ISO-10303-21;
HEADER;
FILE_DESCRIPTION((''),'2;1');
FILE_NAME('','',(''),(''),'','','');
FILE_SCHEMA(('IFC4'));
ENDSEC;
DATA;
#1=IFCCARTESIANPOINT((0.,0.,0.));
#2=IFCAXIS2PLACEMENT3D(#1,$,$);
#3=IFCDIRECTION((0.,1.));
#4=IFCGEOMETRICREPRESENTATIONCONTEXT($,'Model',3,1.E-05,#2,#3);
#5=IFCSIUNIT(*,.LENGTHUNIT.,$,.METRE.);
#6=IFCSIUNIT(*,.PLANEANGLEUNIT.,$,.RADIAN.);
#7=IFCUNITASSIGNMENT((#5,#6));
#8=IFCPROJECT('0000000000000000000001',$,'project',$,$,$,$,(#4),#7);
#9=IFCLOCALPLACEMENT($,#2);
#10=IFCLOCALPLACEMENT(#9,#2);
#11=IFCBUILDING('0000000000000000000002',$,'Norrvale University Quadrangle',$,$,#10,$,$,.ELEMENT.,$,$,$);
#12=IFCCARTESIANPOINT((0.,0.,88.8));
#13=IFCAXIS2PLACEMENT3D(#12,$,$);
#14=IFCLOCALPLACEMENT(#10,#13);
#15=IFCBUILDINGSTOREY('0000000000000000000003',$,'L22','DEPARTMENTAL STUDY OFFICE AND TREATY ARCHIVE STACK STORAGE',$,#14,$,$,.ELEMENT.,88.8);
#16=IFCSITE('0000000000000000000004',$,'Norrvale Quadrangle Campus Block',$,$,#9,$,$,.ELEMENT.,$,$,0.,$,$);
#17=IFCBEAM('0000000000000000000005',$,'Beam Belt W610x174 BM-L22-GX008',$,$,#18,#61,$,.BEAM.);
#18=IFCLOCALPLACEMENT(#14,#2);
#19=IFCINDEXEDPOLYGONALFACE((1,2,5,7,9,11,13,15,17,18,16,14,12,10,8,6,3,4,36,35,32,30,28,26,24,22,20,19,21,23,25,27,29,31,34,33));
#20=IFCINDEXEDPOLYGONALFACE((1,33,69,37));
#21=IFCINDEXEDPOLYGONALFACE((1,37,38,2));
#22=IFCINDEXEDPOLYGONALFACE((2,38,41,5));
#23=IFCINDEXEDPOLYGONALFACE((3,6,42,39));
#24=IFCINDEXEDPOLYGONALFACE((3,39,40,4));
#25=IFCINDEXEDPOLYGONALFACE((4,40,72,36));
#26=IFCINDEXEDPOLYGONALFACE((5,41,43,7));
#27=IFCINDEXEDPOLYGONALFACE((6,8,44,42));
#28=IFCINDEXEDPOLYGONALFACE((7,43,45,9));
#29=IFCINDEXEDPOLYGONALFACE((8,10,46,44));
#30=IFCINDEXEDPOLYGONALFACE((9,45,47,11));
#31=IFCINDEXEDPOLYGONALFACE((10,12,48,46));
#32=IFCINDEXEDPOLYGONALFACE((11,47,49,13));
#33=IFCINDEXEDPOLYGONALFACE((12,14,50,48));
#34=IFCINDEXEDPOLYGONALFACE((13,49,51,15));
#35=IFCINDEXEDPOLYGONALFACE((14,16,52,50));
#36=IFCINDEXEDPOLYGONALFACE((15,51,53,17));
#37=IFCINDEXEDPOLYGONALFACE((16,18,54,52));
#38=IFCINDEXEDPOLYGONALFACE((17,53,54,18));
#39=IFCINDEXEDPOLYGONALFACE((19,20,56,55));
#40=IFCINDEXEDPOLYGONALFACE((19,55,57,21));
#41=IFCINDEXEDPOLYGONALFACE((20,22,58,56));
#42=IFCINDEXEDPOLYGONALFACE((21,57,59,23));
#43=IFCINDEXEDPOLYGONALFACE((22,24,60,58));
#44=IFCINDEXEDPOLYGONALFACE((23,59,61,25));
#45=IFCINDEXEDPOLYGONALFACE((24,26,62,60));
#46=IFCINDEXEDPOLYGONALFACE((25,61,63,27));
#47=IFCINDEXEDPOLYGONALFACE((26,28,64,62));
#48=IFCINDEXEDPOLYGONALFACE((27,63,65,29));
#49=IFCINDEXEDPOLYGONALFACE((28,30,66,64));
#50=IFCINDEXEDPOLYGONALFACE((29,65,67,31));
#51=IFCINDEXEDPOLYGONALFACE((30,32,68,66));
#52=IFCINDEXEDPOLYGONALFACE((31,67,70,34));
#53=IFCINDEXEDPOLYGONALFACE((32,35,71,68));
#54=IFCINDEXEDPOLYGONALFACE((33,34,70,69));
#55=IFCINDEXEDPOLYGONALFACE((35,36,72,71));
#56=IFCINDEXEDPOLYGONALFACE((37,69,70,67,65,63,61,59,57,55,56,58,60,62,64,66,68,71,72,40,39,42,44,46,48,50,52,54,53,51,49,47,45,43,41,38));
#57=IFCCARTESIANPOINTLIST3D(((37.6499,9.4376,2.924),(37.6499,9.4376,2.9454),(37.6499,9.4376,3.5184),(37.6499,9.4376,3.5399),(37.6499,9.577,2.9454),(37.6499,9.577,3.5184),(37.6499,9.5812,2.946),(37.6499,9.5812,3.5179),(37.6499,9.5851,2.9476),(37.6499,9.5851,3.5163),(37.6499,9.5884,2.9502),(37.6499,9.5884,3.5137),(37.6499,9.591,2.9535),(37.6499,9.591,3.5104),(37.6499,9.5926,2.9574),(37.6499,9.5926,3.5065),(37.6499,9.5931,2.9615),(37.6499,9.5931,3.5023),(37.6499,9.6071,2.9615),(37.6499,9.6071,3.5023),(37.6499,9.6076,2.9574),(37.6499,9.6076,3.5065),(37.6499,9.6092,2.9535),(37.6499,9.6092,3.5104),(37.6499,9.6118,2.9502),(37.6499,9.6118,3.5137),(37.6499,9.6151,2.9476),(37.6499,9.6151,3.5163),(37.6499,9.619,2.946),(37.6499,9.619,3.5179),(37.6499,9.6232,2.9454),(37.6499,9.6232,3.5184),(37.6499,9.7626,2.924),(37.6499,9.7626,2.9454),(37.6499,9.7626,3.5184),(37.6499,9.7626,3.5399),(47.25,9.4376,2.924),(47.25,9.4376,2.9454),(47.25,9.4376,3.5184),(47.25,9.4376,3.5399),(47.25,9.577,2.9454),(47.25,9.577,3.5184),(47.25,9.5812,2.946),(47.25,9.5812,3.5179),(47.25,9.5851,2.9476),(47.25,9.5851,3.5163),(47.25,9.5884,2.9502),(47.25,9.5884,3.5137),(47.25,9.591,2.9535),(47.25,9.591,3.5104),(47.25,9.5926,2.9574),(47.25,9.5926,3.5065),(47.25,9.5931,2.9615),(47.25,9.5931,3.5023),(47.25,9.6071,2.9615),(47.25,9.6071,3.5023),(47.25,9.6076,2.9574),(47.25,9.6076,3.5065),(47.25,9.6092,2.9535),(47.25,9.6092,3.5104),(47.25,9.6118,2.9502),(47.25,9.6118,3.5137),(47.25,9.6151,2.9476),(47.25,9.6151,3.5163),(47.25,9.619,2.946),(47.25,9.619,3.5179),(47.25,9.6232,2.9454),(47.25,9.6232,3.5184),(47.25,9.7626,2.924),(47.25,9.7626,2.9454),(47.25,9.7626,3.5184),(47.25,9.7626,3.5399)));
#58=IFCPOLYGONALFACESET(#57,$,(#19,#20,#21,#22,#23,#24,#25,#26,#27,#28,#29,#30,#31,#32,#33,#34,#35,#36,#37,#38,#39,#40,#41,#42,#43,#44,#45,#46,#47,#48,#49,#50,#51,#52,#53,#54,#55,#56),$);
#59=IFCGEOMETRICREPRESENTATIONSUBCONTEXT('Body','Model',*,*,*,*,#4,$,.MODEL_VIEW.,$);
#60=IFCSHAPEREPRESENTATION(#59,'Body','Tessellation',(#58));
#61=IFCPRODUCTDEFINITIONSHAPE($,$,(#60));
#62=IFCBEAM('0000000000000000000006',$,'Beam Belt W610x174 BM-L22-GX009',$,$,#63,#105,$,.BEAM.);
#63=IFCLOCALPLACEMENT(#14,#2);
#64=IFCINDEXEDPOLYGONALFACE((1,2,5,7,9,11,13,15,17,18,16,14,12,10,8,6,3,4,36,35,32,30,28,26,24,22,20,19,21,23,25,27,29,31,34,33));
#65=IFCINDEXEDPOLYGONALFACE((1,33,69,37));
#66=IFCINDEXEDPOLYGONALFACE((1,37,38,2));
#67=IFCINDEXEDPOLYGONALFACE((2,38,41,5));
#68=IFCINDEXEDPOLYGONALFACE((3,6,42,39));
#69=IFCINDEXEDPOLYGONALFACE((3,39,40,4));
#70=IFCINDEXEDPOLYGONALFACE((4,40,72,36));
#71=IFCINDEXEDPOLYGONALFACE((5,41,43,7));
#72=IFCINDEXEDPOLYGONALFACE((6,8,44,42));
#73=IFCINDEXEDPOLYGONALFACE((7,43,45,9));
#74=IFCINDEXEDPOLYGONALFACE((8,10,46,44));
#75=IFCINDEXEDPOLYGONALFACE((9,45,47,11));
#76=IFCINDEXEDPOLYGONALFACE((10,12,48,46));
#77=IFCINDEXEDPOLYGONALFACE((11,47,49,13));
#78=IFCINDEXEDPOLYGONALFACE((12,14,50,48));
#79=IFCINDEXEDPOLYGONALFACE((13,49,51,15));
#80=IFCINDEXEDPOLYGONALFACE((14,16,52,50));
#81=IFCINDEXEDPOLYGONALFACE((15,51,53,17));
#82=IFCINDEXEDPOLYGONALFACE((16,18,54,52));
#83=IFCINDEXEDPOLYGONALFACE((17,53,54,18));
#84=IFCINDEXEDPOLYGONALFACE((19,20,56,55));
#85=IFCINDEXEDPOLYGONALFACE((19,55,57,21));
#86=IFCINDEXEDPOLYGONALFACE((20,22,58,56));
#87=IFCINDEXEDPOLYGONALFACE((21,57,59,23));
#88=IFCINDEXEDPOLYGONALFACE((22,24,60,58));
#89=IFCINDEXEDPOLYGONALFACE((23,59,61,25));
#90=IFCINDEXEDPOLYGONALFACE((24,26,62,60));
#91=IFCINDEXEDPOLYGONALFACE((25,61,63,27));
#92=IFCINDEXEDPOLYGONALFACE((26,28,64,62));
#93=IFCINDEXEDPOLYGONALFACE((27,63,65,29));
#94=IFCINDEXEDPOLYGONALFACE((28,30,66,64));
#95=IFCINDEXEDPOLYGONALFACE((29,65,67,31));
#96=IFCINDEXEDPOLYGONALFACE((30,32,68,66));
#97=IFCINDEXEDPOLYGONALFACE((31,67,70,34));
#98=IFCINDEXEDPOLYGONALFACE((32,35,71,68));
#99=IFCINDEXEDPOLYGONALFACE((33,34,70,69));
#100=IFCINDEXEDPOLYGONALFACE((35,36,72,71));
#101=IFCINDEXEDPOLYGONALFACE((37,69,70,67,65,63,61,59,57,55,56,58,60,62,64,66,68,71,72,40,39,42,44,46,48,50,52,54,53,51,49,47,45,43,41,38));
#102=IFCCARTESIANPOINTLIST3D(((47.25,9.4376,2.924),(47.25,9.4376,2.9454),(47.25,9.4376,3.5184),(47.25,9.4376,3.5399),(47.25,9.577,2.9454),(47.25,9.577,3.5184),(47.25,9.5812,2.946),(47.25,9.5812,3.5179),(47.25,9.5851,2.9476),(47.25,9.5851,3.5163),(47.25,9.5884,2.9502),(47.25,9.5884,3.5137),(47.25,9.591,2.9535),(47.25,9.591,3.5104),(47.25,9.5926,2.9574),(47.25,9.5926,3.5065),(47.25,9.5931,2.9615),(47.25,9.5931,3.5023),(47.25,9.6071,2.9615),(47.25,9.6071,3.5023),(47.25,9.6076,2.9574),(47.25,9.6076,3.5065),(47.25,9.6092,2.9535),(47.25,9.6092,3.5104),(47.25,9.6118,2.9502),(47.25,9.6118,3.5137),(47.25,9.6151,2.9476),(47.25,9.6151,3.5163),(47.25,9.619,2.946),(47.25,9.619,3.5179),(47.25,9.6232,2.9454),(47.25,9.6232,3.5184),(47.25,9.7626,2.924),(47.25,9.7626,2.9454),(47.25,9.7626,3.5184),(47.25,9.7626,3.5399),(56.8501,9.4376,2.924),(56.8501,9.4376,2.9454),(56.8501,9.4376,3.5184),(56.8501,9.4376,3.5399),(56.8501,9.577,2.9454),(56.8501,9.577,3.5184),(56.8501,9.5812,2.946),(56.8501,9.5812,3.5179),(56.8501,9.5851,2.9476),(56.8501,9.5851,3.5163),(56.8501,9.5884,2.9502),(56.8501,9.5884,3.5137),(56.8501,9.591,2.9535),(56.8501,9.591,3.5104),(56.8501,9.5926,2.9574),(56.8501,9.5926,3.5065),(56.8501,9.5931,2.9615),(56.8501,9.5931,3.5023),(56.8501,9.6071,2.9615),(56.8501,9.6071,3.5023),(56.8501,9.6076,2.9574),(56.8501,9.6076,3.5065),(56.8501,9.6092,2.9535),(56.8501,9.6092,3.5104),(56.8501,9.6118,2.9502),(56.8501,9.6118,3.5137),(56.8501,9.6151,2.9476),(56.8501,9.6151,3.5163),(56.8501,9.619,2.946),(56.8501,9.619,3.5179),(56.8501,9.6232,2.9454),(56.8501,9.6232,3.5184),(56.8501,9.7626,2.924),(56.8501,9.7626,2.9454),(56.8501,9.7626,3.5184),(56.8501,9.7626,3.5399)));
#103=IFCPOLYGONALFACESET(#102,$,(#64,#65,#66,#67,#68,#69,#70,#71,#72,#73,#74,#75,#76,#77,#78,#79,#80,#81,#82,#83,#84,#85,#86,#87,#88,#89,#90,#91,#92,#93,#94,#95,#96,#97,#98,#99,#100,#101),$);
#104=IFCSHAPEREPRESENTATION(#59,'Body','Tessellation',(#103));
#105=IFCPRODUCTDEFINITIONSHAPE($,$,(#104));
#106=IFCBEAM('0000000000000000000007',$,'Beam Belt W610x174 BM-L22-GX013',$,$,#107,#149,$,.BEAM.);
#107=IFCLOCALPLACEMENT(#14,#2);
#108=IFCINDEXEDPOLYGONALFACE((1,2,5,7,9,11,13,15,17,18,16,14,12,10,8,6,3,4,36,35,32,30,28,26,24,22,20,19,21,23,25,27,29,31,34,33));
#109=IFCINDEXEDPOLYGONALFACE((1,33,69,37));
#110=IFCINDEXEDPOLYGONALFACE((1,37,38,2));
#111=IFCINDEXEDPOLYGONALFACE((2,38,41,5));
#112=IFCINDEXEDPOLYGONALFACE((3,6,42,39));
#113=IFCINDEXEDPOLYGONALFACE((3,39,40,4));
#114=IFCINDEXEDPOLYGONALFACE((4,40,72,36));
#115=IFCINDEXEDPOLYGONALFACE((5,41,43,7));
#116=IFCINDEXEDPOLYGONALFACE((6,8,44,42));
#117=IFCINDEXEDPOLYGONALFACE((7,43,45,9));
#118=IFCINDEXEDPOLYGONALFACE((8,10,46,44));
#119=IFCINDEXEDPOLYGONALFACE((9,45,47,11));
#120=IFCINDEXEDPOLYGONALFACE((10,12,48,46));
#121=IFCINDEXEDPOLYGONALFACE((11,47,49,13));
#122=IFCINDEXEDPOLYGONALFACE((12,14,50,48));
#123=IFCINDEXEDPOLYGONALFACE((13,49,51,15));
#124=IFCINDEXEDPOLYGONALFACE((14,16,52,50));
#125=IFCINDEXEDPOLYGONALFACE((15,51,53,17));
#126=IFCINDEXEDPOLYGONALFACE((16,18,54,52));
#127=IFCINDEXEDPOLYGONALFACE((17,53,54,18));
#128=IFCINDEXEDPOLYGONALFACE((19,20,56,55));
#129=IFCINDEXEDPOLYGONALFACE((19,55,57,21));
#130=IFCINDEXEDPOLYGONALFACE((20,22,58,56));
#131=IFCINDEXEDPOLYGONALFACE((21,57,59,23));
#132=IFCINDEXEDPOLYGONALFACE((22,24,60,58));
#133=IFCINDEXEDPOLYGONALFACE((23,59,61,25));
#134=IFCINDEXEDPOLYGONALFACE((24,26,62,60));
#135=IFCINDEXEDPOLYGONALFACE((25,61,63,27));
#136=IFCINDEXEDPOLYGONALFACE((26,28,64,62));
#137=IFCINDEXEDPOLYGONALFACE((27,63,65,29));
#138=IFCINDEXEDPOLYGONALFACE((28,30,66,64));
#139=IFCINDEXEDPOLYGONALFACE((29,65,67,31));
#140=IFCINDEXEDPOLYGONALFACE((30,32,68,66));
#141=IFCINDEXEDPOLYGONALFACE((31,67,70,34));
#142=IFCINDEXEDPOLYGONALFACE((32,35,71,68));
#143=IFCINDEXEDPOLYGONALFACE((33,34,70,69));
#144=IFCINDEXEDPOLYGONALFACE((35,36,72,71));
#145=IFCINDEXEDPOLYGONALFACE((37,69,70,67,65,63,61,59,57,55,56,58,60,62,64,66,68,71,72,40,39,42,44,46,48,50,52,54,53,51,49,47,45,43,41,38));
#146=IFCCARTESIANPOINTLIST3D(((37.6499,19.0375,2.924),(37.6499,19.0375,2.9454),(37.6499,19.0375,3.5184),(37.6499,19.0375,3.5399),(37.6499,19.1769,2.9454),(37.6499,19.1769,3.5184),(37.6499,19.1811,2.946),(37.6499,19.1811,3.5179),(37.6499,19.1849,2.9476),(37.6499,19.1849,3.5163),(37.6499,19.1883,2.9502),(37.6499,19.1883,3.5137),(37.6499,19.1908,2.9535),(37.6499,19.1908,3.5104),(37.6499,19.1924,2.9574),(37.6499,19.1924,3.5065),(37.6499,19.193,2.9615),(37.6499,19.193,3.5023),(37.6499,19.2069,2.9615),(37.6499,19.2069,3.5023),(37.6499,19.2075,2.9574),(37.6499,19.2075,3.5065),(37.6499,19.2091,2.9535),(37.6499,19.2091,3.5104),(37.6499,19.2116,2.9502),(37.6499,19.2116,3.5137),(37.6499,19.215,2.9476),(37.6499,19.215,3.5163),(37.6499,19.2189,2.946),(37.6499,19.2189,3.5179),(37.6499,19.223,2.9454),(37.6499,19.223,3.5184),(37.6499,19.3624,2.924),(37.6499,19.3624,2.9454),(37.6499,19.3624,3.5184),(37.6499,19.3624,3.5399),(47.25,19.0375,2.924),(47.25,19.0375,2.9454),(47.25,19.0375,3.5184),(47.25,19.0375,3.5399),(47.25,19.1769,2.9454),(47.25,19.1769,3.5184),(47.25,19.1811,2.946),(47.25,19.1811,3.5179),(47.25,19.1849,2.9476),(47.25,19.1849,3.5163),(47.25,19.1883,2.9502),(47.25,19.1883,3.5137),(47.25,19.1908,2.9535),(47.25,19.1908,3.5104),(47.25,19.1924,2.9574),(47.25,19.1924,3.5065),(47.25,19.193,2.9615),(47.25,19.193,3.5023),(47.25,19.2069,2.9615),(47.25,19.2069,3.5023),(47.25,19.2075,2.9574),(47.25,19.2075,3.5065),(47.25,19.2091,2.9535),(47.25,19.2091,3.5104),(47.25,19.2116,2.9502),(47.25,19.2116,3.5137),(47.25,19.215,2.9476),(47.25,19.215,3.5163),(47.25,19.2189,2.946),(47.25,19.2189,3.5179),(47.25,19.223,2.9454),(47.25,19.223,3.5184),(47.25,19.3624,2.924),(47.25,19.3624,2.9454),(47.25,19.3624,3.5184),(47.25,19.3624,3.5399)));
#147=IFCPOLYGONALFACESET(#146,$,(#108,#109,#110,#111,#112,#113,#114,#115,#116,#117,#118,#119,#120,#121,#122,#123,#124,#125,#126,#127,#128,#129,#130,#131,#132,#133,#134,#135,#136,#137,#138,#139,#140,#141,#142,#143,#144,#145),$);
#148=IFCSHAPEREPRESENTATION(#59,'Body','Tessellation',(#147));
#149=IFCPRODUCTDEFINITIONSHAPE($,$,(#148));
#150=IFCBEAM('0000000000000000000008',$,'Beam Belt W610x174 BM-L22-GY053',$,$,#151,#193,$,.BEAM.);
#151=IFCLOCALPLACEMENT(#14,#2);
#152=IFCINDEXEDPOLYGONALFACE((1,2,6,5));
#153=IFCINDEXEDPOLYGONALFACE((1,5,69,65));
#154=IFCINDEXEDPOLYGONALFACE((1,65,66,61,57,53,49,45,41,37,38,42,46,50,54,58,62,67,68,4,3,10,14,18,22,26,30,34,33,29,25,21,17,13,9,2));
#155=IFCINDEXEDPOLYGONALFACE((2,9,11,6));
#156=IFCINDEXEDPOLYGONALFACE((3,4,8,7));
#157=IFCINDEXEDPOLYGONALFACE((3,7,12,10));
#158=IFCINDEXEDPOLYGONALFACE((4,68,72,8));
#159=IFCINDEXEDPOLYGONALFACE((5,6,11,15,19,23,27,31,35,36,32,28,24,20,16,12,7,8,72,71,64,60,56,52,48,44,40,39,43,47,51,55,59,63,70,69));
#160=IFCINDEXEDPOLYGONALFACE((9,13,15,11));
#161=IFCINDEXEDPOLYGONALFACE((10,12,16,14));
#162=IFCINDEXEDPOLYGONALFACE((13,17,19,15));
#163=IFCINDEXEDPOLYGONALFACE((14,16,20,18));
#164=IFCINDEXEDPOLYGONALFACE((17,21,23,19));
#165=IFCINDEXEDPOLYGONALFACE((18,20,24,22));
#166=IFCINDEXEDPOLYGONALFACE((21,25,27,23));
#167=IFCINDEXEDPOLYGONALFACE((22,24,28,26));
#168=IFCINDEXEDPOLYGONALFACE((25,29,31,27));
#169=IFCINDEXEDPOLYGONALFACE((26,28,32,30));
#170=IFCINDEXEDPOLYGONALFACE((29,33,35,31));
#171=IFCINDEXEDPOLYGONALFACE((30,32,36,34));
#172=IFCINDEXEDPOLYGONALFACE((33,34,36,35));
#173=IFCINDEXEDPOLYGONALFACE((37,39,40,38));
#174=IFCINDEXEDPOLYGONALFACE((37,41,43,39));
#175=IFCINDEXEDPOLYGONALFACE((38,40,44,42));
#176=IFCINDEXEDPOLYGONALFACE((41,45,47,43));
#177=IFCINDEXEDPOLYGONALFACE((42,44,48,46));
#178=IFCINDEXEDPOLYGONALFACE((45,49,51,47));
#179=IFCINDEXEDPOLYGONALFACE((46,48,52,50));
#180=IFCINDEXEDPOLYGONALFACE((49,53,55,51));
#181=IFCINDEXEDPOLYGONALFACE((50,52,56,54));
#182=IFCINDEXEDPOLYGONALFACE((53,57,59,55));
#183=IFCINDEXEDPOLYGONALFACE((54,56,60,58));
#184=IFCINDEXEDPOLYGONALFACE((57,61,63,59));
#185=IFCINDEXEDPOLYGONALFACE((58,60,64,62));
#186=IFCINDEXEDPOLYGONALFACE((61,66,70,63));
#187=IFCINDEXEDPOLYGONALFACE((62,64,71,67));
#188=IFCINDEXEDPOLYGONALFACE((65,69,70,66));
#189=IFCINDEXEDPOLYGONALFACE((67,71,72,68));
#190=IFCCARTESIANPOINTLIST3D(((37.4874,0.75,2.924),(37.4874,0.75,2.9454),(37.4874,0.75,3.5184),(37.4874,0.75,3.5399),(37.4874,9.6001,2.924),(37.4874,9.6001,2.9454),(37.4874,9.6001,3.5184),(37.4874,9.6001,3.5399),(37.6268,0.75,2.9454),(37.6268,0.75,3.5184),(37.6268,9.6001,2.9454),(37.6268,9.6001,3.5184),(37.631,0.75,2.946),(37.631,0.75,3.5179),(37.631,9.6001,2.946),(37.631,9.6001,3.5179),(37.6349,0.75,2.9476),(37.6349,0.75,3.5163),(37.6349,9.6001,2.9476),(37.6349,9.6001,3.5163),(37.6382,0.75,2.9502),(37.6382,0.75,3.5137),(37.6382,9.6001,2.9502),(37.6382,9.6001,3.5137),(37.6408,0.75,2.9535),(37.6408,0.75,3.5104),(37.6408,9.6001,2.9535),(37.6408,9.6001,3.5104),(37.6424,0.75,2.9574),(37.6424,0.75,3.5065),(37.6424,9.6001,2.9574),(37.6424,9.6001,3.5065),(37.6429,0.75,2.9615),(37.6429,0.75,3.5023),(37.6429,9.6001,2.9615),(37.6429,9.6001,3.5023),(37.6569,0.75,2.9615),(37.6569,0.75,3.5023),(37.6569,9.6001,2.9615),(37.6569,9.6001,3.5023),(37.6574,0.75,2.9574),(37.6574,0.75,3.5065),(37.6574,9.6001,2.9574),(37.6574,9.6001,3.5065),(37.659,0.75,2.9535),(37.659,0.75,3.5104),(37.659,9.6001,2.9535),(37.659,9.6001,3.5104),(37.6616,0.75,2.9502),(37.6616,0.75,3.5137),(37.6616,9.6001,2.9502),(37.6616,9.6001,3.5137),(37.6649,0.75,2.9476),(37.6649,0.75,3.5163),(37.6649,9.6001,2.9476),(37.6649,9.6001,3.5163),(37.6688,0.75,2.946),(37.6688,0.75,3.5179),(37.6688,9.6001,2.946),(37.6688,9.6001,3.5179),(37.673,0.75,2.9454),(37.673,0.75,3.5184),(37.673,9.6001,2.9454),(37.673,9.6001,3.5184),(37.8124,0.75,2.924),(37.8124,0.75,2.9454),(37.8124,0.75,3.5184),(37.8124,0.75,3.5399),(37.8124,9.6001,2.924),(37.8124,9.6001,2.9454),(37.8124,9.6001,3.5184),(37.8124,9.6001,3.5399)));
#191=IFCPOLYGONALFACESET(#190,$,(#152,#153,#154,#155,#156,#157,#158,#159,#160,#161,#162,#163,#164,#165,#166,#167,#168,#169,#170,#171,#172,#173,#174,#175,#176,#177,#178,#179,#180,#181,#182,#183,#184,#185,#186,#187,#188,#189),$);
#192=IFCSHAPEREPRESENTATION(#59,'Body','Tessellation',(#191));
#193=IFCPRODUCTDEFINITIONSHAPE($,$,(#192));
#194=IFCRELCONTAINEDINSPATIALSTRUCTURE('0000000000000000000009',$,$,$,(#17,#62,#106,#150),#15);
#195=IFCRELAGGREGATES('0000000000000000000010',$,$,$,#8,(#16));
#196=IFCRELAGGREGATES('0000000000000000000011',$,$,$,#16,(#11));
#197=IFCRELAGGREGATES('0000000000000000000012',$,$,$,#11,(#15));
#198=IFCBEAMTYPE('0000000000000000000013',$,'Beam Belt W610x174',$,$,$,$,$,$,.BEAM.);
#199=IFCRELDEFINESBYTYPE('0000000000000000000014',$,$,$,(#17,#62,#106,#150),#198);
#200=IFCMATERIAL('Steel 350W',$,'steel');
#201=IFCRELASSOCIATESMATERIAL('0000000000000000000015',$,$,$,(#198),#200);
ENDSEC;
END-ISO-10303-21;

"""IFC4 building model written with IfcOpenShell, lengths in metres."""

from ifc_helpers import new_model, si_unit, direction, frame, origin, origin_2d, place, context, subcontext, project, spatial, i_section, extrude, material, material_profile, profile_set, type_object, element, save


model = new_model("IFC4")

# Units and contexts
model_context = context("Model", 3, precision=1e-05, world=origin(), true_north=direction((0.0, 1.0)))
body_context = subcontext(model_context, "Body", "Model", "MODEL_VIEW")
ifc_project = project(units=[si_unit("LENGTHUNIT", "METRE"), si_unit("PLANEANGLEUNIT", "RADIAN")], contexts=[model_context])

# Site, building, storey
site_placement = place(None, origin())
site = spatial("IfcSite", under=ifc_project, at=site_placement, Name="Norrvale Quadrangle Campus Block", CompositionType="ELEMENT", RefElevation=0.0)
building_placement = place(site_placement, origin())
building = spatial("IfcBuilding", under=site, at=building_placement, Name="Norrvale University Quadrangle", CompositionType="ELEMENT")
storey_placement = place(building_placement, frame((0.0, 0.0, 88.8)))
storey = spatial("IfcBuildingStorey", under=building, at=storey_placement, Name="L22", Description="DEPARTMENTAL STUDY OFFICE AND TREATY ARCHIVE STACK STORAGE", CompositionType="ELEMENT", Elevation=88.8)

# Beams
ifc_material_1 = material(Name="Steel 350W", Category="steel")
ifc_material_profile_1 = material_profile(ifc_material_1, i_section(OverallWidth=0.325, OverallDepth=0.616, WebThickness=0.0139, FlangeThickness=0.0215, FilletRadius=0.0161, at=origin_2d()), Name="Steel 350W")
ifc_profile_set_1 = profile_set([ifc_material_profile_1], Name="Steel 350W")
beam_type_1 = type_object("IfcBeamType", Name="Beam Belt W610x174", PredefinedType="BEAM", material=ifc_profile_set_1)
for number, where, z_axis, x_axis, name in (
    (1, (37.6499, 9.6001, 3.2319), (1.0, 0.0, 0.0), (0.0, 1.0, 0.0), "Beam Belt W610x174 BM-L22-GX008"),
    (2, (47.25, 9.6001, 3.2319), (1.0, 0.0, 0.0), (0.0, 1.0, 0.0), "Beam Belt W610x174 BM-L22-GX009"),
    (3, (37.6499, 19.2, 3.2319), (1.0, 0.0, 0.0), (0.0, 1.0, 0.0), "Beam Belt W610x174 BM-L22-GX013"),
):
    element("IfcBeam", number, at=place(storey_placement, frame(where, z_axis=z_axis, x_axis=x_axis)), inside=storey, type_object=beam_type_1, Name=name, PredefinedType="BEAM", context=body_context, shape_type="SweptSolid", body=[
        extrude(i_section(OverallWidth=0.325, OverallDepth=0.616, WebThickness=0.0139, FlangeThickness=0.0215, FilletRadius=0.0161, at=origin_2d()), origin(), (0.0, 0.0, 1.0), 9.6001),
    ])
beam_1_placement = place(storey_placement, frame((37.6499, 0.75, 3.2319), z_axis=(0.0, 1.0, 0.0), x_axis=(-1.0, 0.0, 0.0)))
element("IfcBeam", 4, at=beam_1_placement, inside=storey, type_object=beam_type_1, Name="Beam Belt W610x174 BM-L22-GY053", PredefinedType="BEAM", context=body_context, shape_type="SweptSolid", body=[
    extrude(i_section(OverallWidth=0.325, OverallDepth=0.616, WebThickness=0.0139, FlangeThickness=0.0215, FilletRadius=0.0161, at=origin_2d()), origin(), (0.0, 0.0, 1.0), 8.8501),
])

save(model, "model.ifc")
